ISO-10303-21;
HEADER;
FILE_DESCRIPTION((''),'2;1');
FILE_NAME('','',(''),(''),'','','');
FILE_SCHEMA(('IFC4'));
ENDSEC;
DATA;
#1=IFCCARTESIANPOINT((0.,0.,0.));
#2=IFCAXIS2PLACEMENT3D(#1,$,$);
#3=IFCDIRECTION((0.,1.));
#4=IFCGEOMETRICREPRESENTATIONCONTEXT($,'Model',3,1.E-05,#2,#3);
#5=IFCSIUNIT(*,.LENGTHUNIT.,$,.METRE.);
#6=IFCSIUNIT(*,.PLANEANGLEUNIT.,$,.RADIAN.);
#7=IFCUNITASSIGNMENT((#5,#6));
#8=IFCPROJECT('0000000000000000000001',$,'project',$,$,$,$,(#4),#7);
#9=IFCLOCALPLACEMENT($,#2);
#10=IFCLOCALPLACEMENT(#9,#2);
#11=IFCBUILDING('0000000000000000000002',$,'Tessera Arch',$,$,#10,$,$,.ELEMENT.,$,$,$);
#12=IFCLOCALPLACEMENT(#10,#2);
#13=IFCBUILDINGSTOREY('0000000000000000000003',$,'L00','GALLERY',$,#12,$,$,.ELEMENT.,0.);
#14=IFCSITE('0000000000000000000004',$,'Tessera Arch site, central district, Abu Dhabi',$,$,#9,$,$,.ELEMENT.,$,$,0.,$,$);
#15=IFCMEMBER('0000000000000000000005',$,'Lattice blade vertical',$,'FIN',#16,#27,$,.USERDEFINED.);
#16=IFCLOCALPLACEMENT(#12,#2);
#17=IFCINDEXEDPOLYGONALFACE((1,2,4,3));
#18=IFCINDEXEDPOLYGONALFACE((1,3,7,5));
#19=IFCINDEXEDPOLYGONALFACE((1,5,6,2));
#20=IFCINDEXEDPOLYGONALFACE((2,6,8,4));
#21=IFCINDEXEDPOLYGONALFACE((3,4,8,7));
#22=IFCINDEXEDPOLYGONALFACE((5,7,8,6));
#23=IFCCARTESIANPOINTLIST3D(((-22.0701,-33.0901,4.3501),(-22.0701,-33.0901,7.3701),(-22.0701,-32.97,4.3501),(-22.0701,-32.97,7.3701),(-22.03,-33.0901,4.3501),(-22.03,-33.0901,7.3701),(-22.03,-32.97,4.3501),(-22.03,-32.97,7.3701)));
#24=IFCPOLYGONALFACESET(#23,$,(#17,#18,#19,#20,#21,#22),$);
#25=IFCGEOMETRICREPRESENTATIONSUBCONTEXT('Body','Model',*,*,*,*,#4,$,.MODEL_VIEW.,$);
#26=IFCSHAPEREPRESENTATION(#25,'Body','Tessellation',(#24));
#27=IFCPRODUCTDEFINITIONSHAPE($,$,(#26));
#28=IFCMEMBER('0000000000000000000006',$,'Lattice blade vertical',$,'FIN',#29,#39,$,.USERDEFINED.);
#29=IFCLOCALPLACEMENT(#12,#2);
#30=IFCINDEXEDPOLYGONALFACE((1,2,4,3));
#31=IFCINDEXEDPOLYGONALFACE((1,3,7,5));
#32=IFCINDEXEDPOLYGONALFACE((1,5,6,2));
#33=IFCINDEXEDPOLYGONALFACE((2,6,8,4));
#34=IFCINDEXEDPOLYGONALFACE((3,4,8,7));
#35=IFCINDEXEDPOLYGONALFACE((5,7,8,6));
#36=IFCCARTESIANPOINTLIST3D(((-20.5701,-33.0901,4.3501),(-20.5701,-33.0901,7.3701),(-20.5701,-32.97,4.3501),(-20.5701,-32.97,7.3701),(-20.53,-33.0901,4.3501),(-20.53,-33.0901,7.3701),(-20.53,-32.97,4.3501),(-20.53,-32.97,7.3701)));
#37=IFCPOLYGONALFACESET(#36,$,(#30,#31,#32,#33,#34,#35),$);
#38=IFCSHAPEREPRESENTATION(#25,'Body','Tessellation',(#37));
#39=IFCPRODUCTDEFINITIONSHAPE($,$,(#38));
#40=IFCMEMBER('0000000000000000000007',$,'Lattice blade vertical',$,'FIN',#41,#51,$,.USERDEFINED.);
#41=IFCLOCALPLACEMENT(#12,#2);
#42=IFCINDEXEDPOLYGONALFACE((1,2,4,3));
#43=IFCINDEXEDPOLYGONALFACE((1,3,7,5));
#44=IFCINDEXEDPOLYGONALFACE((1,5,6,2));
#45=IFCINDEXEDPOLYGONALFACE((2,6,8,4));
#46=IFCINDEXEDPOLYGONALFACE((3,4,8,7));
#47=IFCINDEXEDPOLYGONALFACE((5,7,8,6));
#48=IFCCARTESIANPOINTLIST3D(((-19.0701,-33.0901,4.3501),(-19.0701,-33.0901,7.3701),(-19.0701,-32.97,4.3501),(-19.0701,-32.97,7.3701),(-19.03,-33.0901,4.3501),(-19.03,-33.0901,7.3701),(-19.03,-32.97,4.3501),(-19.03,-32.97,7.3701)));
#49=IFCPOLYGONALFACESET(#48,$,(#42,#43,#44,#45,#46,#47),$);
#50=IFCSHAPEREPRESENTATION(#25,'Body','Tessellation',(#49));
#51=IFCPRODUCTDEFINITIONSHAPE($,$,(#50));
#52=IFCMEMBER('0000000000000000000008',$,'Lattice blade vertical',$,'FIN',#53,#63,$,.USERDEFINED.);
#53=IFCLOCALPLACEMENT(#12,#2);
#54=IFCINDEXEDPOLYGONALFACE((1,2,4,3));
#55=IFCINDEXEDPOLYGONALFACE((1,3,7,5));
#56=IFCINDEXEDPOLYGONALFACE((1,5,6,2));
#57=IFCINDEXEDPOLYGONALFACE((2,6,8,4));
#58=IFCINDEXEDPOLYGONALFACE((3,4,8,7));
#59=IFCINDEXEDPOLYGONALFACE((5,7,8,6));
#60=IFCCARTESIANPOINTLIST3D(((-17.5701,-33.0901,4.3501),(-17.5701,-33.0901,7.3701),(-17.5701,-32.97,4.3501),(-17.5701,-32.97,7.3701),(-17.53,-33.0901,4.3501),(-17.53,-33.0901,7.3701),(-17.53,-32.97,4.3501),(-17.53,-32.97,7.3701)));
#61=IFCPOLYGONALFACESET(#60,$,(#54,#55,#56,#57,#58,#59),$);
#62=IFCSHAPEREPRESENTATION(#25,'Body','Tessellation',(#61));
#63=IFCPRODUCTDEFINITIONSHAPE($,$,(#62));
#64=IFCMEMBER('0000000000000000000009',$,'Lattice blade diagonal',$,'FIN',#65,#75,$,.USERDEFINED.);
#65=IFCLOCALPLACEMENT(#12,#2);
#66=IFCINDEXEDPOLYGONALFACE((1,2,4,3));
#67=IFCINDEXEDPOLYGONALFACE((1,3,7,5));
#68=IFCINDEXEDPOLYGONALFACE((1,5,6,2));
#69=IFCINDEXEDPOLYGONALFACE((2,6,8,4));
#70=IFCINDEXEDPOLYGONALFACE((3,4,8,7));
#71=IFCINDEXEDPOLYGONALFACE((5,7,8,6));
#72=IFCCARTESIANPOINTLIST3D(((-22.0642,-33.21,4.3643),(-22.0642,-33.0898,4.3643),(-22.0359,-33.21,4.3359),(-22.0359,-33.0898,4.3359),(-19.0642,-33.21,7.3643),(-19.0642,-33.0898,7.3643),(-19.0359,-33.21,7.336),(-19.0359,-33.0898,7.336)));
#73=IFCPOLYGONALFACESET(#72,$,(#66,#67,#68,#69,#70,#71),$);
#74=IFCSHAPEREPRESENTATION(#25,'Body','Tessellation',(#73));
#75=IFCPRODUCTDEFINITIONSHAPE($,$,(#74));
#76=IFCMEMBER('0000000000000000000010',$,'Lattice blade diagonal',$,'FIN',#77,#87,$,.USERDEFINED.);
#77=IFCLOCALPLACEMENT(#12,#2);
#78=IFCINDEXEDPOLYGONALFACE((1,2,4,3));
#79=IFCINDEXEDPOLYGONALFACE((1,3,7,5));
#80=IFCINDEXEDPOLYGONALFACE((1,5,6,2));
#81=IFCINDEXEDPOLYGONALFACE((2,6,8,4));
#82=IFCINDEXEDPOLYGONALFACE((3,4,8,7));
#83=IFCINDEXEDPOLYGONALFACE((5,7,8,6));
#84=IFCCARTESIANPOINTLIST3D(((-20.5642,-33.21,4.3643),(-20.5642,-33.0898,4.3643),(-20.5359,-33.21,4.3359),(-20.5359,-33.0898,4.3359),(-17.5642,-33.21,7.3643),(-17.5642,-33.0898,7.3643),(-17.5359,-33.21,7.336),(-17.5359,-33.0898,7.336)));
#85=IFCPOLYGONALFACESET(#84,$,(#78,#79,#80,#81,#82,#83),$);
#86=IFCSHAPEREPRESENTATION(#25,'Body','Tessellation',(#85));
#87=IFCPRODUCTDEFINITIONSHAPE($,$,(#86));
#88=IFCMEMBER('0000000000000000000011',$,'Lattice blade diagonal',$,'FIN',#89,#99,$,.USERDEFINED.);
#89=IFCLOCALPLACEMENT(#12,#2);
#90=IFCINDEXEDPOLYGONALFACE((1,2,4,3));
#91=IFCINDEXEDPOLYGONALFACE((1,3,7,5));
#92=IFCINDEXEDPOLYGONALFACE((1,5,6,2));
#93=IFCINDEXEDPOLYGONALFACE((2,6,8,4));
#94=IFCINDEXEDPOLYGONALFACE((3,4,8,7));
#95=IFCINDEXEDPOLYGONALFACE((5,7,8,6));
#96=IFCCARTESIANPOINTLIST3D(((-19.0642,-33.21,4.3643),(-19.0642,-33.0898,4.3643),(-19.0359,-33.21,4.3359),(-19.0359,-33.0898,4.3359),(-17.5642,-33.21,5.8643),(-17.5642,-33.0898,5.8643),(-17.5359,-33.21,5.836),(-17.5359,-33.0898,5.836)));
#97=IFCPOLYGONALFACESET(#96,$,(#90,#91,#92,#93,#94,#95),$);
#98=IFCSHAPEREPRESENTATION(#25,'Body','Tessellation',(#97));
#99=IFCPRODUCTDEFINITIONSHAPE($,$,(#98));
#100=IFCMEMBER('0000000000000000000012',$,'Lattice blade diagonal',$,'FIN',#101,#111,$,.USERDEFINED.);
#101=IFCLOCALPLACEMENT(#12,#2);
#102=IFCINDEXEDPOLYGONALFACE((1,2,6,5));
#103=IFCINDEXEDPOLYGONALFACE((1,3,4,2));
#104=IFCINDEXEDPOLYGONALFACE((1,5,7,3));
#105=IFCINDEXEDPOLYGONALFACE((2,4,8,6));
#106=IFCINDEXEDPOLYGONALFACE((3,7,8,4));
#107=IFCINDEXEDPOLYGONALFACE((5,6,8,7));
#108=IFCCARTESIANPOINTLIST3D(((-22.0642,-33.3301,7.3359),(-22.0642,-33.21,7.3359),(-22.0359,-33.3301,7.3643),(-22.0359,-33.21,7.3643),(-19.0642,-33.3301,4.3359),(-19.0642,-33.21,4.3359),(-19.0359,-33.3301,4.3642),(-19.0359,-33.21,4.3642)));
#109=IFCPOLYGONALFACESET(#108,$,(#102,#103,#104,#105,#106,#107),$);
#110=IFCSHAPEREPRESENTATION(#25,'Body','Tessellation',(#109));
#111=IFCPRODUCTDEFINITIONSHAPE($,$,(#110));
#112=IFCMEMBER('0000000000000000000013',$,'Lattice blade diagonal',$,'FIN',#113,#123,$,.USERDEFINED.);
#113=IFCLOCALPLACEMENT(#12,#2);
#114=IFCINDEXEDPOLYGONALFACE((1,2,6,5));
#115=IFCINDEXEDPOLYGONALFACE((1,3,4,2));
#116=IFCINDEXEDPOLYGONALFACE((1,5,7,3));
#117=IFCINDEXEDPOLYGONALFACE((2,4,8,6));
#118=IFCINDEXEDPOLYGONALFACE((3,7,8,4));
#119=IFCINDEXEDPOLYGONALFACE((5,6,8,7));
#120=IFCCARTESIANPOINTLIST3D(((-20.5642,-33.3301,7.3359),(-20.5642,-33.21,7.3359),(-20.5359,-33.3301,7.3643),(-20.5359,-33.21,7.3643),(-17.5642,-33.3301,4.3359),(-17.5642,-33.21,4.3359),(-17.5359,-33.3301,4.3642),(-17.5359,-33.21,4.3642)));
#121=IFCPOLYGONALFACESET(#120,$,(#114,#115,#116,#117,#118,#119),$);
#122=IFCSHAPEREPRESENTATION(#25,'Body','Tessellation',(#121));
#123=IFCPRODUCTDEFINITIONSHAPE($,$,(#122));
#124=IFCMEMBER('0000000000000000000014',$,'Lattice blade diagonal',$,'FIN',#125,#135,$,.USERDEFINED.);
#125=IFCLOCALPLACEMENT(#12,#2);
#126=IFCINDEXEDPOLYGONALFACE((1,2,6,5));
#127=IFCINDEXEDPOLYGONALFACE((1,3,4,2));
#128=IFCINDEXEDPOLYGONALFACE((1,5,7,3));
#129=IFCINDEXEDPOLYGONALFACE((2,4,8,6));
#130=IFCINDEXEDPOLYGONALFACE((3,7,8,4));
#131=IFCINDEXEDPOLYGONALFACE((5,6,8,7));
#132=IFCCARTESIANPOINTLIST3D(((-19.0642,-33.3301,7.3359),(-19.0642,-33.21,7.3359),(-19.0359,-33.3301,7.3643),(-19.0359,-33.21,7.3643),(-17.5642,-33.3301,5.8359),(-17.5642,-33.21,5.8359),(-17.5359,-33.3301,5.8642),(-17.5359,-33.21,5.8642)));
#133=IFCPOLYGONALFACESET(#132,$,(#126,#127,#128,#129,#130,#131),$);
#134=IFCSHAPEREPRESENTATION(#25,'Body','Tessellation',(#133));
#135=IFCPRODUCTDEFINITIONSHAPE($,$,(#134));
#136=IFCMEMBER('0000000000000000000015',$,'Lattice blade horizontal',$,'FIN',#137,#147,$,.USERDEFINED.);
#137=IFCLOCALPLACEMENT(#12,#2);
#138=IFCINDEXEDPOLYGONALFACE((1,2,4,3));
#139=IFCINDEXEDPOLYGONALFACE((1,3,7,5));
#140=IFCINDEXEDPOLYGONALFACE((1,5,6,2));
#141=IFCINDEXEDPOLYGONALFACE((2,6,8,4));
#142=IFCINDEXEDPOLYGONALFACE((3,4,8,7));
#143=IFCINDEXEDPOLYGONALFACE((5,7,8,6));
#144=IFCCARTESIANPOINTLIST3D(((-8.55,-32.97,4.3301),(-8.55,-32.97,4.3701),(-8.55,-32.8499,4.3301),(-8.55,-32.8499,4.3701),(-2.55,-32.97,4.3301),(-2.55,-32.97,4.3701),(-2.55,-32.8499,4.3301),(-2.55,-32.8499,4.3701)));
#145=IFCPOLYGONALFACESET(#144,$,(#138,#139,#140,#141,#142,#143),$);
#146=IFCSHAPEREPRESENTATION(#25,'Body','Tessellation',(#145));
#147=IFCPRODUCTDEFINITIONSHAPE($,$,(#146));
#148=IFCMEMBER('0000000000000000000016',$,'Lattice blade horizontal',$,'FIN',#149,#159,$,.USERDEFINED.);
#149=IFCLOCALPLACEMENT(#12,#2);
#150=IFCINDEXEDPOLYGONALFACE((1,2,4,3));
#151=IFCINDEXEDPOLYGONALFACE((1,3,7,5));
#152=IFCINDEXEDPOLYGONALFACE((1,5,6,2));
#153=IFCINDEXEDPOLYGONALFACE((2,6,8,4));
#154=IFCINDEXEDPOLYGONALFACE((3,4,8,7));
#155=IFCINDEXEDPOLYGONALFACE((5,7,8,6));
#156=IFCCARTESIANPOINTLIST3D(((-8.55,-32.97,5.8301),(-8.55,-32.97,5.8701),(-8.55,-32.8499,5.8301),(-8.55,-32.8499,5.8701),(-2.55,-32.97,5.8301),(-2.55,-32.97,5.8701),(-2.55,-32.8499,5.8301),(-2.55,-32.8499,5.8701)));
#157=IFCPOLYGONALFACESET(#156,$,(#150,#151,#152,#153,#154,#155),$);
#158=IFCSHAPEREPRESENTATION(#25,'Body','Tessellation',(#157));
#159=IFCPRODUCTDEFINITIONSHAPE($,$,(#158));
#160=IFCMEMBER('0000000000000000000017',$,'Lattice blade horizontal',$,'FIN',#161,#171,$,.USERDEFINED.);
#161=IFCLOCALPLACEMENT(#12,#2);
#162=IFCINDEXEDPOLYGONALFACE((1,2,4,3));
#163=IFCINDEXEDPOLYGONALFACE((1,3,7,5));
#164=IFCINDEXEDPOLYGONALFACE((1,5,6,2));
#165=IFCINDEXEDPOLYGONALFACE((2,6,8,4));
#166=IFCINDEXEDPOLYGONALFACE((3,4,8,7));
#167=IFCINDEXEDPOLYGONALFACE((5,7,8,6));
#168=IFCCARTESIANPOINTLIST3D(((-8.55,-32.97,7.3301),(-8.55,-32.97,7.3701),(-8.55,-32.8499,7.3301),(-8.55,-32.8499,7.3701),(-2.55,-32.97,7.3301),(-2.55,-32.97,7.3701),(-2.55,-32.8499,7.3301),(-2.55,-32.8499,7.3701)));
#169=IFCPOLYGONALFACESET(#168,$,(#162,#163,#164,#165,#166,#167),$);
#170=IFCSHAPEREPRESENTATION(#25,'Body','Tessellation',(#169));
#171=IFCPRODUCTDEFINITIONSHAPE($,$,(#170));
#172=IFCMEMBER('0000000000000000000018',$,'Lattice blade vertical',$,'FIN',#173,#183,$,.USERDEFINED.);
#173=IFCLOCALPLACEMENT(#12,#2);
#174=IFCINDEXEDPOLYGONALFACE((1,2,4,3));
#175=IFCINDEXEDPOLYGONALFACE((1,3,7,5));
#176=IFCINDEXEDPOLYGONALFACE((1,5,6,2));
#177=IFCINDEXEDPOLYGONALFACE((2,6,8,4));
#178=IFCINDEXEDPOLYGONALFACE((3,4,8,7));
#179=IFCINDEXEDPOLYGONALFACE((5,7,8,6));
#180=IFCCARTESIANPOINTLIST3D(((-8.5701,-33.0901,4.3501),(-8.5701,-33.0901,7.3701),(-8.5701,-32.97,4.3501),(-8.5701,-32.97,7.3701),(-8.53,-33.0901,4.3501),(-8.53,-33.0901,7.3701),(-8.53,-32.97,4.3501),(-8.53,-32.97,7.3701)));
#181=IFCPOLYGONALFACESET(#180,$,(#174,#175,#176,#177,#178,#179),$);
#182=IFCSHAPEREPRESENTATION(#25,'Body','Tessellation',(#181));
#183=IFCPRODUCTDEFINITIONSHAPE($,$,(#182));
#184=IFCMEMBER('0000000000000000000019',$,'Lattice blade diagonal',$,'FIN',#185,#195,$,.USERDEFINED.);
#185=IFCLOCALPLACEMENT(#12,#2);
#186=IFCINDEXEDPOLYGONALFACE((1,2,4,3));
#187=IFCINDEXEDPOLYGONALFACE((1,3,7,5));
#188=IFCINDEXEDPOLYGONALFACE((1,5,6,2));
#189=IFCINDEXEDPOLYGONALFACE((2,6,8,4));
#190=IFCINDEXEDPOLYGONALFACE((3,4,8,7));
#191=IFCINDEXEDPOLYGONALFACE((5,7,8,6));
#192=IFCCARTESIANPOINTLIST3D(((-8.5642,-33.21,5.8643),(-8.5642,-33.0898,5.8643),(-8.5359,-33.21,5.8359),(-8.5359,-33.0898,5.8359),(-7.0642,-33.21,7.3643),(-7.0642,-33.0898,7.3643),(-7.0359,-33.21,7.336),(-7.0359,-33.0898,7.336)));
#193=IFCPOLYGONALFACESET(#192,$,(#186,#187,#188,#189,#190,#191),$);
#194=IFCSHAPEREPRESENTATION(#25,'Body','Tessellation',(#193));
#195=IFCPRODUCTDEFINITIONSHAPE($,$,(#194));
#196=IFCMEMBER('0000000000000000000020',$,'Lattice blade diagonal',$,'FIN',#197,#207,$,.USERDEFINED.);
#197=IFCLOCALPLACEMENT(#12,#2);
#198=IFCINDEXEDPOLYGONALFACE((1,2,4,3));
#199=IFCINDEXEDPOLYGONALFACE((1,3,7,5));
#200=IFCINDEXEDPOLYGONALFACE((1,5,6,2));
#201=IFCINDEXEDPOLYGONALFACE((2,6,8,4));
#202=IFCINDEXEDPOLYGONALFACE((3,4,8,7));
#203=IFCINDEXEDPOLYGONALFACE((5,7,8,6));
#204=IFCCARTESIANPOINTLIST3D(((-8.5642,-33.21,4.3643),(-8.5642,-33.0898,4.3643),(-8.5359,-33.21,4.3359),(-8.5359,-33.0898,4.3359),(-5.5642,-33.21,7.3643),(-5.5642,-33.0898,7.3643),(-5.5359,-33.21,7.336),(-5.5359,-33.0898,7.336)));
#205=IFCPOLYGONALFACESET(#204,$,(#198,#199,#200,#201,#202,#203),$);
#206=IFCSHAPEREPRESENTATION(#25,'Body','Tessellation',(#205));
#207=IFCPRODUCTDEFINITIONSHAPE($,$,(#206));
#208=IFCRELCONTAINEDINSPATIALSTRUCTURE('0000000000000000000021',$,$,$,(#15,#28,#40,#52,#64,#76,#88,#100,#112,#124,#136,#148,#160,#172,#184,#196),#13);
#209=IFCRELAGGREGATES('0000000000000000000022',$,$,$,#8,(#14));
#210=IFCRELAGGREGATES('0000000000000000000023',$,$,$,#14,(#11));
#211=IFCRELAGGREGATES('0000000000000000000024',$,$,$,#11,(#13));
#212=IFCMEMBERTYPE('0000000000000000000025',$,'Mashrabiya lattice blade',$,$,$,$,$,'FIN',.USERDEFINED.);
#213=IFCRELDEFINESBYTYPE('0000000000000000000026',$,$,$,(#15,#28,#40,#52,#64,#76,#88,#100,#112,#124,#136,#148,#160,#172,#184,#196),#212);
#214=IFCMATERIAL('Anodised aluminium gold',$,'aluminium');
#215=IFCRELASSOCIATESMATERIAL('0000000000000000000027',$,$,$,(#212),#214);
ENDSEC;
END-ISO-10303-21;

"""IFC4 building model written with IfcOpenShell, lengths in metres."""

from ifc_helpers import new_model, si_unit, direction, frame, origin, origin_2d, place, context, subcontext, project, spatial, rectangle, extrude, material, material_profile, profile_set, type_object, element, save


model = new_model("IFC4")

# Units and contexts
model_context = context("Model", 3, precision=1e-05, world=origin(), true_north=direction((0.0, 1.0)))
body_context = subcontext(model_context, "Body", "Model", "MODEL_VIEW")
ifc_project = project(units=[si_unit("LENGTHUNIT", "METRE"), si_unit("PLANEANGLEUNIT", "RADIAN")], contexts=[model_context])

# Site, building, storey
site_placement = place(None, origin())
site = spatial("IfcSite", under=ifc_project, at=site_placement, Name="Tessera Arch site, central district, Abu Dhabi", CompositionType="ELEMENT", RefElevation=0.0)
building_placement = place(site_placement, origin())
building = spatial("IfcBuilding", under=site, at=building_placement, Name="Tessera Arch", CompositionType="ELEMENT")
storey_placement = place(building_placement, origin())
storey = spatial("IfcBuildingStorey", under=building, at=storey_placement, Name="L00", Description="GALLERY", CompositionType="ELEMENT", Elevation=0.0)

# Members
ifc_material_1 = material(Name="Anodised aluminium gold", Category="aluminium")
ifc_material_profile_1 = material_profile(ifc_material_1, rectangle(XDim=0.1201, YDim=0.04, at=origin_2d()), Name="AL 40x120")
ifc_profile_set_1 = profile_set([ifc_material_profile_1], Name="Anodised aluminium gold")
member_type_1 = type_object("IfcMemberType", Name="Mashrabiya lattice blade", ElementType="FIN", PredefinedType="USERDEFINED", material=ifc_profile_set_1)
for number, where, z_axis, x_axis, name in (
    (1, (-22.05, -33.03, 4.3501), (0.0, 0.0, 1.0), (0.0, -1.0, 0.0), "Lattice blade vertical"),
    (2, (-20.55, -33.03, 4.3501), (0.0, 0.0, 1.0), (0.0, -1.0, 0.0), "Lattice blade vertical"),
    (3, (-19.05, -33.03, 4.3501), (0.0, 0.0, 1.0), (0.0, -1.0, 0.0), "Lattice blade vertical"),
    (4, (-17.55, -33.03, 4.3501), (0.0, 0.0, 1.0), (0.0, -1.0, 0.0), "Lattice blade vertical"),
):
    element("IfcMember", number, at=place(storey_placement, frame(where, z_axis=z_axis, x_axis=x_axis)), inside=storey, type_object=member_type_1, Name=name, ObjectType="FIN", PredefinedType="USERDEFINED", context=body_context, shape_type="SweptSolid", body=[
        extrude(rectangle(XDim=0.1201, YDim=0.04, at=origin_2d()), origin(), (0.0, 0.0, 1.0), 3.02),
    ])
for number, where, z_axis, x_axis, name in (
    (5, (-22.05, -33.1499, 4.3501), (0.707107, 0.0, 0.707107), (0.0, 1.0, 0.0), "Lattice blade diagonal"),
    (6, (-20.55, -33.1499, 4.3501), (0.707107, 0.0, 0.707107), (0.0, 1.0, 0.0), "Lattice blade diagonal"),
):
    element("IfcMember", number, at=place(storey_placement, frame(where, z_axis=z_axis, x_axis=x_axis)), inside=storey, type_object=member_type_1, Name=name, ObjectType="FIN", PredefinedType="USERDEFINED", context=body_context, shape_type="SweptSolid", body=[
        extrude(rectangle(XDim=0.1201, YDim=0.04, at=origin_2d()), origin(), (0.0, 0.0, 1.0), 4.2427),
    ])
member_1_placement = place(storey_placement, frame((-19.05, -33.1499, 4.3501), z_axis=(0.707107, 0.0, 0.707107), x_axis=(0.0, 1.0, 0.0)))
element("IfcMember", 7, at=member_1_placement, inside=storey, type_object=member_type_1, Name="Lattice blade diagonal", ObjectType="FIN", PredefinedType="USERDEFINED", context=body_context, shape_type="SweptSolid", body=[
    extrude(rectangle(XDim=0.1201, YDim=0.04, at=origin_2d()), origin(), (0.0, 0.0, 1.0), 2.1213),
])
for number, where, z_axis, x_axis, name in (
    (8, (-22.05, -33.27, 7.3501), (0.707107, 0.0, -0.707107), (0.0, 1.0, 0.0), "Lattice blade diagonal"),
    (9, (-20.55, -33.27, 7.3501), (0.707107, 0.0, -0.707107), (0.0, 1.0, 0.0), "Lattice blade diagonal"),
):
    element("IfcMember", number, at=place(storey_placement, frame(where, z_axis=z_axis, x_axis=x_axis)), inside=storey, type_object=member_type_1, Name=name, ObjectType="FIN", PredefinedType="USERDEFINED", context=body_context, shape_type="SweptSolid", body=[
        extrude(rectangle(XDim=0.1201, YDim=0.04, at=origin_2d()), origin(), (0.0, 0.0, 1.0), 4.2427),
    ])
member_2_placement = place(storey_placement, frame((-19.05, -33.27, 7.3501), z_axis=(0.707107, 0.0, -0.707107), x_axis=(0.0, 1.0, 0.0)))
element("IfcMember", 10, at=member_2_placement, inside=storey, type_object=member_type_1, Name="Lattice blade diagonal", ObjectType="FIN", PredefinedType="USERDEFINED", context=body_context, shape_type="SweptSolid", body=[
    extrude(rectangle(XDim=0.1201, YDim=0.04, at=origin_2d()), origin(), (0.0, 0.0, 1.0), 2.1213),
])
for number, where, z_axis, x_axis, name in (
    (11, (-8.55, -32.9099, 4.3501), (1.0, 0.0, 0.0), (0.0, 1.0, 0.0), "Lattice blade horizontal"),
    (12, (-8.55, -32.9099, 5.8501), (1.0, 0.0, 0.0), (0.0, 1.0, 0.0), "Lattice blade horizontal"),
    (13, (-8.55, -32.9099, 7.3501), (1.0, 0.0, 0.0), (0.0, 1.0, 0.0), "Lattice blade horizontal"),
):
    element("IfcMember", number, at=place(storey_placement, frame(where, z_axis=z_axis, x_axis=x_axis)), inside=storey, type_object=member_type_1, Name=name, ObjectType="FIN", PredefinedType="USERDEFINED", context=body_context, shape_type="SweptSolid", body=[
        extrude(rectangle(XDim=0.1201, YDim=0.04, at=origin_2d()), origin(), (0.0, 0.0, 1.0), 6.0),
    ])
member_3_placement = place(storey_placement, frame((-8.55, -33.03, 4.3501), z_axis=(0.0, 0.0, 1.0), x_axis=(0.0, -1.0, 0.0)))
element("IfcMember", 14, at=member_3_placement, inside=storey, type_object=member_type_1, Name="Lattice blade vertical", ObjectType="FIN", PredefinedType="USERDEFINED", context=body_context, shape_type="SweptSolid", body=[
    extrude(rectangle(XDim=0.1201, YDim=0.04, at=origin_2d()), origin(), (0.0, 0.0, 1.0), 3.02),
])
member_4_placement = place(storey_placement, frame((-8.55, -33.1499, 5.8501), z_axis=(0.707107, 0.0, 0.707107), x_axis=(0.0, 1.0, 0.0)))
element("IfcMember", 15, at=member_4_placement, inside=storey, type_object=member_type_1, Name="Lattice blade diagonal", ObjectType="FIN", PredefinedType="USERDEFINED", context=body_context, shape_type="SweptSolid", body=[
    extrude(rectangle(XDim=0.1201, YDim=0.04, at=origin_2d()), origin(), (0.0, 0.0, 1.0), 2.1213),
])
member_5_placement = place(storey_placement, frame((-8.55, -33.1499, 4.3501), z_axis=(0.707107, 0.0, 0.707107), x_axis=(0.0, 1.0, 0.0)))
element("IfcMember", 16, at=member_5_placement, inside=storey, type_object=member_type_1, Name="Lattice blade diagonal", ObjectType="FIN", PredefinedType="USERDEFINED", context=body_context, shape_type="SweptSolid", body=[
    extrude(rectangle(XDim=0.1201, YDim=0.04, at=origin_2d()), origin(), (0.0, 0.0, 1.0), 4.2427),
])

save(model, "model.ifc")
